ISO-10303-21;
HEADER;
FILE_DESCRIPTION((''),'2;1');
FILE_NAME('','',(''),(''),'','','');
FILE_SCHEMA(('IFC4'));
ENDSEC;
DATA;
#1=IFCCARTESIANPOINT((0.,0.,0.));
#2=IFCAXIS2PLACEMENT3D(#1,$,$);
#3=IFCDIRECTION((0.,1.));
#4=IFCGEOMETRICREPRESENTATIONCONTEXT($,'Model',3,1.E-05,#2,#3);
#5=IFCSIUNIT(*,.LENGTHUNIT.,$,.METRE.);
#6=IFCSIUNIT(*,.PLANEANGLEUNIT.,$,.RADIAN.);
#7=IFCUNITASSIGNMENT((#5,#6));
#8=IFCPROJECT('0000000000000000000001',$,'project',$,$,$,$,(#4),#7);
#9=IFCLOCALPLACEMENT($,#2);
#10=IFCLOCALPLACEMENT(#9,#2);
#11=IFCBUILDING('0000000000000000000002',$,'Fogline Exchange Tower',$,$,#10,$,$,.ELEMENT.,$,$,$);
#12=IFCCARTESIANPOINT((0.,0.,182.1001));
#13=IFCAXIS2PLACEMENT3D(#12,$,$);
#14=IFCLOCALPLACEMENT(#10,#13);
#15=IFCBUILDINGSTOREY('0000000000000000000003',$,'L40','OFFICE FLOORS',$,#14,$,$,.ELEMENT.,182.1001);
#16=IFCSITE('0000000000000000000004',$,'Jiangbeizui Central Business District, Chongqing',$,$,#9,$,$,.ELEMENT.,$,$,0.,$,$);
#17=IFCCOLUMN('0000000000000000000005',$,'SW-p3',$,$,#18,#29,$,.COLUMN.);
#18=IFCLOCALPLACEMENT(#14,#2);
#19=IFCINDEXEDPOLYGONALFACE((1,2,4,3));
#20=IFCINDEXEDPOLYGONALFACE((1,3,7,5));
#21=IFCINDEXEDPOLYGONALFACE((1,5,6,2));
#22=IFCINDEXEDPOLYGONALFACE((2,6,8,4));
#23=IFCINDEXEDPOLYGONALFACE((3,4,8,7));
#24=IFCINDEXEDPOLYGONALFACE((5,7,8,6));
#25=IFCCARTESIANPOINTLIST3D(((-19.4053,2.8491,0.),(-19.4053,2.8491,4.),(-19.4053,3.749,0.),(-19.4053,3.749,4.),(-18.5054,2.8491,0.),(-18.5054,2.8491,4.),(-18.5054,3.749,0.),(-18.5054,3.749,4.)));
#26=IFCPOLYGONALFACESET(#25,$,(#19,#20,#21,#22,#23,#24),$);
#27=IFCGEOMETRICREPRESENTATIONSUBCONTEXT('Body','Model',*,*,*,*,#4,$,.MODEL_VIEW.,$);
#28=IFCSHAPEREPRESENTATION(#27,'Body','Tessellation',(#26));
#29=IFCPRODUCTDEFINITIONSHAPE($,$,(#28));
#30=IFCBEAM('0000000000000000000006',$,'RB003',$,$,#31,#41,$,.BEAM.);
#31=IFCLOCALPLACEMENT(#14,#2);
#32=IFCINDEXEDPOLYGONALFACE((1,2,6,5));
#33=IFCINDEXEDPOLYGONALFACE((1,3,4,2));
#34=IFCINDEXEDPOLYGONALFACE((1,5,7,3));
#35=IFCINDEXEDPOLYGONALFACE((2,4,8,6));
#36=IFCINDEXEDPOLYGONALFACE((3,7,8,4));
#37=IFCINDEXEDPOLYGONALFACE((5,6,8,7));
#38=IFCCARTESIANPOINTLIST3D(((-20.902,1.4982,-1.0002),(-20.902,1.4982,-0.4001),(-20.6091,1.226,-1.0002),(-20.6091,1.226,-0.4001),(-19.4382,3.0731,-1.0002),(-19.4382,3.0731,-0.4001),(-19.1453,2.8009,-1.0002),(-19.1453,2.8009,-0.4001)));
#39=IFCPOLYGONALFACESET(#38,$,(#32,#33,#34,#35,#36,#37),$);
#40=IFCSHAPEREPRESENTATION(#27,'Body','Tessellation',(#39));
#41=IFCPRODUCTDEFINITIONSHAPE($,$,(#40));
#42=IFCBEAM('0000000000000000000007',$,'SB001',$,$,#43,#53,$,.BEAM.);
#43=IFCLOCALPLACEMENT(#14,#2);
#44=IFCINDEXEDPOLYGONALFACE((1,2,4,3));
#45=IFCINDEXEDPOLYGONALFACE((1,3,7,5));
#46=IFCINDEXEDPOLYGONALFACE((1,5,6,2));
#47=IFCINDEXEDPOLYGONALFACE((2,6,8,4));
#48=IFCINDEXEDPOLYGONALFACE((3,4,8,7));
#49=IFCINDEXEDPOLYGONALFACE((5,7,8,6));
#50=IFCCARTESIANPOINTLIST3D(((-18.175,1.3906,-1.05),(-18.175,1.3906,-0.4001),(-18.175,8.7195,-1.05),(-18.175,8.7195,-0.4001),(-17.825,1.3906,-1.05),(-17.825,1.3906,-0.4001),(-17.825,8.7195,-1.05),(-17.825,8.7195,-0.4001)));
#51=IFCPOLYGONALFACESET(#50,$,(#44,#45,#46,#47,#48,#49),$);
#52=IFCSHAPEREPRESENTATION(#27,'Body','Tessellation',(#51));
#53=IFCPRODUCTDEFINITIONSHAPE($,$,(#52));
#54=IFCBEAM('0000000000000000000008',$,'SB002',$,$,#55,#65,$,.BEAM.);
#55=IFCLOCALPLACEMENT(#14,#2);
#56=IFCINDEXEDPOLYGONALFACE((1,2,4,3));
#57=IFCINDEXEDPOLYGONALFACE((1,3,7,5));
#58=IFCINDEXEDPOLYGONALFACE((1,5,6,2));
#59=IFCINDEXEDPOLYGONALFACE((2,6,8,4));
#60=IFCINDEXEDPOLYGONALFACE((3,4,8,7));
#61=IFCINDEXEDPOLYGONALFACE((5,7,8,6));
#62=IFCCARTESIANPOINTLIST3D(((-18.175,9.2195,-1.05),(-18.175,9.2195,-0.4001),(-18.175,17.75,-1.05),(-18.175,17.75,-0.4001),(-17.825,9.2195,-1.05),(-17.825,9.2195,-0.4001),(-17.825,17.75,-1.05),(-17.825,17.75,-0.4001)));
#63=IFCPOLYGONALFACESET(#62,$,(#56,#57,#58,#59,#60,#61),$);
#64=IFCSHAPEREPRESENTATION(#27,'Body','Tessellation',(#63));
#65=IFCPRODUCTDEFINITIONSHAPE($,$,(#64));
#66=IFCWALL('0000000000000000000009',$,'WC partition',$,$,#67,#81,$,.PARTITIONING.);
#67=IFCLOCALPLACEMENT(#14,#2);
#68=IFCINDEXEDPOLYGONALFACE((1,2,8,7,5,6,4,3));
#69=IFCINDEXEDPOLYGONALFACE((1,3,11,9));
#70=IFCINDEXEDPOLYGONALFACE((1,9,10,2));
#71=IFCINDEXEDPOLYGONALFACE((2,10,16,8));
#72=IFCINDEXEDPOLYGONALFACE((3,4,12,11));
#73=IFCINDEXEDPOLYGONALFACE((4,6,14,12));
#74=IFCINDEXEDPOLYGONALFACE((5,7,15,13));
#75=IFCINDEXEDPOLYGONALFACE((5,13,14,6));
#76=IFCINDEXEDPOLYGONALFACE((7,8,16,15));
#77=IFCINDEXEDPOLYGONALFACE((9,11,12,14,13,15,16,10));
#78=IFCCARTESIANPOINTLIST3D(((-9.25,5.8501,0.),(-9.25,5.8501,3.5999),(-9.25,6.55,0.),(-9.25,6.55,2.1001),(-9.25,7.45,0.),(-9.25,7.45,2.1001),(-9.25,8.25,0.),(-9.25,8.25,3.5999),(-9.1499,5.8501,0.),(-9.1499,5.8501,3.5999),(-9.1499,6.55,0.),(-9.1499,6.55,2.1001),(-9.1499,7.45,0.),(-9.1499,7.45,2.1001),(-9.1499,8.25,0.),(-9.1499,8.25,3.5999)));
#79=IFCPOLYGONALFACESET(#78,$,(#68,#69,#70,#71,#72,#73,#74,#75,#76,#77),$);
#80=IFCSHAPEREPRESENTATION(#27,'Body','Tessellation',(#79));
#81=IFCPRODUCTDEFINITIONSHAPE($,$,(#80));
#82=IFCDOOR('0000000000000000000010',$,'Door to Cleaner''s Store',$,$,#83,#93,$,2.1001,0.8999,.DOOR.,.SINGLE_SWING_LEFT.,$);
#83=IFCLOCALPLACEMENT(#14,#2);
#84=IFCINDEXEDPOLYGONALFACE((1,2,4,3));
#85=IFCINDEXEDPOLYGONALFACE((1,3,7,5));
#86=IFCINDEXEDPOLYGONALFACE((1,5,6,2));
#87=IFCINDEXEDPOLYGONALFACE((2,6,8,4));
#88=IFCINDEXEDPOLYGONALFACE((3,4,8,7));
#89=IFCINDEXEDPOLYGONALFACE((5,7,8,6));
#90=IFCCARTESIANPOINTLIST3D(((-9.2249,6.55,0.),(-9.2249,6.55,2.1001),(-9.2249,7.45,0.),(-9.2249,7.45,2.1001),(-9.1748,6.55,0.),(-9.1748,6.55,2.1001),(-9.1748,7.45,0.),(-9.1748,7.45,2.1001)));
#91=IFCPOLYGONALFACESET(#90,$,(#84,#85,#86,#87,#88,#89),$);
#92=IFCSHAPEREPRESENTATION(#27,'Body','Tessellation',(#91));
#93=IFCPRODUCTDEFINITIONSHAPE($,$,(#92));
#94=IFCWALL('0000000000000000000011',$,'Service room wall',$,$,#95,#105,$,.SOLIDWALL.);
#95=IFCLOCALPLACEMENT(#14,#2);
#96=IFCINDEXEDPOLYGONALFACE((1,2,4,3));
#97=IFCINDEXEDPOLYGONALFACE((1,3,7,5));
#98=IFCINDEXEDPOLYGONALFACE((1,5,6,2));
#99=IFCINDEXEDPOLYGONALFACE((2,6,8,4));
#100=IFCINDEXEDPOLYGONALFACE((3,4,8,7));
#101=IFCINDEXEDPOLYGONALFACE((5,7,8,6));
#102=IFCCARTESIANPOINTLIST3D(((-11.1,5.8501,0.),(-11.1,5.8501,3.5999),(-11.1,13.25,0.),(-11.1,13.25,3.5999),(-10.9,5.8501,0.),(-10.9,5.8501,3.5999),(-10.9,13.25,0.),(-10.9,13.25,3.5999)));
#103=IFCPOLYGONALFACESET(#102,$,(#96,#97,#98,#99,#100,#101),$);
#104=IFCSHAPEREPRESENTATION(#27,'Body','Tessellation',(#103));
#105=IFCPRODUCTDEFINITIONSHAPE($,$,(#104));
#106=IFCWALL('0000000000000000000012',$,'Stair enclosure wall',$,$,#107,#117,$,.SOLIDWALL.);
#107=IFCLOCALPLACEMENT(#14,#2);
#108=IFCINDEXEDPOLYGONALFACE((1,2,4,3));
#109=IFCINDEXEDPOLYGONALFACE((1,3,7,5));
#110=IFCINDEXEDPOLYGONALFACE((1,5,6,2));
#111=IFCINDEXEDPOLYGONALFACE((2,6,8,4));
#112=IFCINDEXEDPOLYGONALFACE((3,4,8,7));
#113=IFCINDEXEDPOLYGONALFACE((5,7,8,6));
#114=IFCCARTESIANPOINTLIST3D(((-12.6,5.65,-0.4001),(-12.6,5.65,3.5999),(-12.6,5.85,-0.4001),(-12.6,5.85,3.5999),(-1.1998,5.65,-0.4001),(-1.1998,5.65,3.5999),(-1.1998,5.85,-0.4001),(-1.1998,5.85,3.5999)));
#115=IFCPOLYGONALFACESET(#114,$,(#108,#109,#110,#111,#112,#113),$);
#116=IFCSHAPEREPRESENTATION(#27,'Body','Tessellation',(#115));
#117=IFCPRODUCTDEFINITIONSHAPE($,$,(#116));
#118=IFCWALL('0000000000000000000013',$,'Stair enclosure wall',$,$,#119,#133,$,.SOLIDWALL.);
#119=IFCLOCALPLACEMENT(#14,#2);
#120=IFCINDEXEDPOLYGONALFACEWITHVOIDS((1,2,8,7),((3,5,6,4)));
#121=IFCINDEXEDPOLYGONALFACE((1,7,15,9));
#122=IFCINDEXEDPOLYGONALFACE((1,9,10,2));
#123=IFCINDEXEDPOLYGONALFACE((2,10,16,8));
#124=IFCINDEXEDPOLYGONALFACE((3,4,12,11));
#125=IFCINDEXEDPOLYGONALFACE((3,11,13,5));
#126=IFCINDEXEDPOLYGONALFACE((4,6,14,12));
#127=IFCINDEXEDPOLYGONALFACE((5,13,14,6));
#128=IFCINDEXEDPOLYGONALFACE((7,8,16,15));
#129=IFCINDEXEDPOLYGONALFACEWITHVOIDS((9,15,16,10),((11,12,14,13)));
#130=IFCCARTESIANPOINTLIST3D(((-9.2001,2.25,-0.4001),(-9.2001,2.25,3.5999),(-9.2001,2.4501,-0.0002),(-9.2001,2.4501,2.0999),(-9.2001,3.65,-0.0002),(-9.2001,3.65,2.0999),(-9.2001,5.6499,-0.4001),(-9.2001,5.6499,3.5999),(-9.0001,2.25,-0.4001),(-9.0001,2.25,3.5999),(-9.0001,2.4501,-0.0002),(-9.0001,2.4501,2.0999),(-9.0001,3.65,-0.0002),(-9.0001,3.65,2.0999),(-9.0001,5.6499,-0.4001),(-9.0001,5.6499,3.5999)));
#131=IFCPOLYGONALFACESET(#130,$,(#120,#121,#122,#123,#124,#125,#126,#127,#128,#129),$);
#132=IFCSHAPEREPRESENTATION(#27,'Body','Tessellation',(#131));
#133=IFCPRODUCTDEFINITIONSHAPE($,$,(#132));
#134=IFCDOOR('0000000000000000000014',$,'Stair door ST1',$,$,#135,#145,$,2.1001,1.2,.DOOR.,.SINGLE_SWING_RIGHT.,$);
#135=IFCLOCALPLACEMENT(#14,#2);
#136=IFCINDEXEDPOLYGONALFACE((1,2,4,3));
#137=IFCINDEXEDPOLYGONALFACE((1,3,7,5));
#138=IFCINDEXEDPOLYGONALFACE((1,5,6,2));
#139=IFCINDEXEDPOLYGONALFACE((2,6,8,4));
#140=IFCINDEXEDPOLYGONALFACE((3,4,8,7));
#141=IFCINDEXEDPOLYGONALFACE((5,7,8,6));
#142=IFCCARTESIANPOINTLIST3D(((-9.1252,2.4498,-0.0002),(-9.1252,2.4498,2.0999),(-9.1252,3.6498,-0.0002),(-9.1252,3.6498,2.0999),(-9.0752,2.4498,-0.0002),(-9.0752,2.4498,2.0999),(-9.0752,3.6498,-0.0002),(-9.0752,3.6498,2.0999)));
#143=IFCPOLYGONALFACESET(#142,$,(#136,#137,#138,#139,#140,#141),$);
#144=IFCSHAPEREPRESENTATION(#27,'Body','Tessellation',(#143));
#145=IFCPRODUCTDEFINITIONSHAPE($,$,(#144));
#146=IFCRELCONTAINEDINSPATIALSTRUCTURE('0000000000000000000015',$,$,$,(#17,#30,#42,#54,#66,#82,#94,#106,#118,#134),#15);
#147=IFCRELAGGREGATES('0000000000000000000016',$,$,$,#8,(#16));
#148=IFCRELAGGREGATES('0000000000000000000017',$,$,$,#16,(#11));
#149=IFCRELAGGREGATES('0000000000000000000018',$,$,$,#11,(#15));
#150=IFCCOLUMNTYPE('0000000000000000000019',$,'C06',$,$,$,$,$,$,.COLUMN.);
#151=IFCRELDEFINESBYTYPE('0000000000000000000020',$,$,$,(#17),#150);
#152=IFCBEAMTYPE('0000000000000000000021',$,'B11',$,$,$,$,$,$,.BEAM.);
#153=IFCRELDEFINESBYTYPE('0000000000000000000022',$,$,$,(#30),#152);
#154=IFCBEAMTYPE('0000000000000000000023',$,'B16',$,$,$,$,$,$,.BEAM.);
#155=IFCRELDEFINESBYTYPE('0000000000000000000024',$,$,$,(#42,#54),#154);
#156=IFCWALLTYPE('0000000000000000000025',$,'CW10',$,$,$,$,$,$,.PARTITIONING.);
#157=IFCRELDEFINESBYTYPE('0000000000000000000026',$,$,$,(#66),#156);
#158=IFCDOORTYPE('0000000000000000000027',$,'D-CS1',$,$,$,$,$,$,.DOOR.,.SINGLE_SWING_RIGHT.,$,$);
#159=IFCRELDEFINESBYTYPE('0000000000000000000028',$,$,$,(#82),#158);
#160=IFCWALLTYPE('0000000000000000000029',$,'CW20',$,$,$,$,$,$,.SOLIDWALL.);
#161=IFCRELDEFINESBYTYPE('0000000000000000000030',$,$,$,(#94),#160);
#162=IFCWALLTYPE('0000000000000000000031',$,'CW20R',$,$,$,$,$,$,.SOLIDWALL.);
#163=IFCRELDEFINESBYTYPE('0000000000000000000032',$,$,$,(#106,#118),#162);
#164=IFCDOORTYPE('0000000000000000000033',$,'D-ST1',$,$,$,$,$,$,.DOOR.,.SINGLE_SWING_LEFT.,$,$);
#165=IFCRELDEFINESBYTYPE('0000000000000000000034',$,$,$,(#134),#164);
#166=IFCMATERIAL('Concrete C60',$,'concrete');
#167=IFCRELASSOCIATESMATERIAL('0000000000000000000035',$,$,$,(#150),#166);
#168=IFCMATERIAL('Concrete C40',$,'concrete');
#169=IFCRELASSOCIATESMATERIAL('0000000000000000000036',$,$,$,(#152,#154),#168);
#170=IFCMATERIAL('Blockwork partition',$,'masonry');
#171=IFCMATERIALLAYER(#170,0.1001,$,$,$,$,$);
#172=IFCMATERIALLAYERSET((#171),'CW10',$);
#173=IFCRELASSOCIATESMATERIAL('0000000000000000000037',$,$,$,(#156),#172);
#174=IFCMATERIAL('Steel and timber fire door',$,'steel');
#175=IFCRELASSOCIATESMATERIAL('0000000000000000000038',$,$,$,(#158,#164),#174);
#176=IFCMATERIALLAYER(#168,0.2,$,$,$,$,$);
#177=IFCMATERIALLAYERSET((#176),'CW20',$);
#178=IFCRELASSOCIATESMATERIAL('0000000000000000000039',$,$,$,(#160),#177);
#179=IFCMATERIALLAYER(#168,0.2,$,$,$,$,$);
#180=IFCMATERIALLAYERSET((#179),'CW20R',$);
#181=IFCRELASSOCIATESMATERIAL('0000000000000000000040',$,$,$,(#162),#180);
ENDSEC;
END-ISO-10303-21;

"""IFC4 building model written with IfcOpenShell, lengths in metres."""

from ifc_helpers import new_model, si_unit, direction, frame, frame_2d, origin, origin_2d, place, context, subcontext, project, spatial, rectangle, extrude, material, layer, layer_set, material_profile, profile_set, type_object, element, fill, save


model = new_model("IFC4")

# Units and contexts
model_context = context("Model", 3, precision=1e-05, world=origin(), true_north=direction((0.0, 1.0)))
body_context = subcontext(model_context, "Body", "Model", "MODEL_VIEW")
ifc_project = project(units=[si_unit("LENGTHUNIT", "METRE"), si_unit("PLANEANGLEUNIT", "RADIAN")], contexts=[model_context])

# Site, building, storey
site_placement = place(None, origin())
site = spatial("IfcSite", under=ifc_project, at=site_placement, Name="Jiangbeizui Central Business District, Chongqing", CompositionType="ELEMENT", RefElevation=0.0)
building_placement = place(site_placement, origin())
building = spatial("IfcBuilding", under=site, at=building_placement, Name="Fogline Exchange Tower", CompositionType="ELEMENT")
storey_placement = place(building_placement, frame((0.0, 0.0, 182.1001)))
storey = spatial("IfcBuildingStorey", under=building, at=storey_placement, Name="L40", Description="OFFICE FLOORS", CompositionType="ELEMENT", Elevation=182.1001)

# Column
ifc_material_1 = material(Name="Concrete C60", Category="concrete")
ifc_material_profile_1 = material_profile(ifc_material_1, rectangle(XDim=0.8999, YDim=0.8999, at=origin_2d()), Name="RC 900x900")
ifc_profile_set_1 = profile_set([ifc_material_profile_1], Name="Concrete C60")
column_type = type_object("IfcColumnType", Name="C06", PredefinedType="COLUMN", material=ifc_profile_set_1)
column_placement = place(storey_placement, frame((-18.9553, 3.2991, 0.0), z_axis=(0.0, 0.0, 1.0), x_axis=(1.0, 0.0, 0.0)))
element("IfcColumn", 1, at=column_placement, inside=storey, type_object=column_type, Name="SW-p3", PredefinedType="COLUMN", context=body_context, shape_type="SweptSolid", body=[
    extrude(rectangle(XDim=0.8999, YDim=0.8999, at=origin_2d()), origin(), (0.0, 0.0, 1.0), 4.0),
])

# Beams
ifc_material_2 = material(Name="Concrete C40", Category="concrete")
ifc_material_profile_2 = material_profile(ifc_material_2, rectangle(XDim=0.3999, YDim=0.6001, at=origin_2d()), Name="RC 400x600")
ifc_profile_set_2 = profile_set([ifc_material_profile_2], Name="Concrete C40")
beam_type_1 = type_object("IfcBeamType", Name="B11", PredefinedType="BEAM", material=ifc_profile_set_2)
beam_1_placement = place(storey_placement, frame((-19.2917, 2.937, -0.7002), z_axis=(-0.680804, -0.732466, 0.0), x_axis=(0.732466, -0.680804, 0.0)))
element("IfcBeam", 2, at=beam_1_placement, inside=storey, type_object=beam_type_1, Name="RB003", PredefinedType="BEAM", context=body_context, shape_type="SweptSolid", body=[
    extrude(rectangle(XDim=0.3999, YDim=0.6001, at=origin_2d()), origin(), (0.0, 0.0, 1.0), 2.1501),
])
ifc_material_profile_3 = material_profile(ifc_material_2, rectangle(XDim=0.3501, YDim=0.6499, at=origin_2d()), Name="RC 350x650")
ifc_profile_set_3 = profile_set([ifc_material_profile_3], Name="Concrete C40")
beam_type_2 = type_object("IfcBeamType", Name="B16", PredefinedType="BEAM", material=ifc_profile_set_3)
beam_2_placement = place(storey_placement, frame((-18.0, 1.3906, -0.7251), z_axis=(0.0, 1.0, 0.0), x_axis=(-1.0, 0.0, 0.0)))
element("IfcBeam", 3, at=beam_2_placement, inside=storey, type_object=beam_type_2, Name="SB001", PredefinedType="BEAM", context=body_context, shape_type="SweptSolid", body=[
    extrude(rectangle(XDim=0.3501, YDim=0.6499, at=origin_2d()), origin(), (0.0, 0.0, 1.0), 7.3289),
])
beam_3_placement = place(storey_placement, frame((-18.0, 9.2195, -0.7251), z_axis=(0.0, 1.0, 0.0), x_axis=(-1.0, 0.0, 0.0)))
element("IfcBeam", 4, at=beam_3_placement, inside=storey, type_object=beam_type_2, Name="SB002", PredefinedType="BEAM", context=body_context, shape_type="SweptSolid", body=[
    extrude(rectangle(XDim=0.3501, YDim=0.6499, at=origin_2d()), origin(), (0.0, 0.0, 1.0), 8.5305),
])

# Wall, opening, door
ifc_material_3 = material(Name="Blockwork partition", Category="masonry")
ifc_layer_1 = layer(ifc_material_3, 0.1001)
ifc_layer_set_1 = layer_set([ifc_layer_1], Name="CW10")
wall_type_1 = type_object("IfcWallType", Name="CW10", PredefinedType="PARTITIONING", material=ifc_layer_set_1)
wall_1_placement = place(storey_placement, frame((-9.2, 5.8501, 0.0), z_axis=(0.0, 0.0, 1.0), x_axis=(0.0, 1.0, 0.0)))
wall_1 = element("IfcWall", 5, at=wall_1_placement, inside=storey, type_object=wall_type_1, Name="WC partition", PredefinedType="PARTITIONING", context=body_context, shape_type="SweptSolid", body=[
    extrude(rectangle(XDim=2.3999, YDim=0.1001, at=frame_2d((1.2, 0.0))), origin(), (0.0, 0.0, 1.0), 3.5999),
])
opening_1_placement = place(wall_1_placement, frame((0.7, 0.0, 0.0)))
opening_1 = element("IfcOpeningElement", 6, at=opening_1_placement, cuts=wall_1, PredefinedType="OPENING", context=body_context, shape_type="SweptSolid", body=[
    extrude(rectangle(XDim=0.8999, YDim=2.1001, at=frame_2d((0.45, 1.05))), frame((0.0, 0.0601, 0.0), z_axis=(0.0, -1.0, 0.0), x_axis=(1.0, 0.0, 0.0)), (0.0, 0.0, 1.0), 0.1201),
])
ifc_material_4 = material(Name="Steel and timber fire door", Category="steel")
door_type_1 = type_object("IfcDoorType", Name="D-CS1", OperationType="SINGLE_SWING_RIGHT", PredefinedType="DOOR", material=ifc_material_4)
door_1_placement = place(opening_1_placement, origin())
door_1 = element("IfcDoor", 7, at=door_1_placement, inside=storey, type_object=door_type_1, Name="Door to Cleaner's Store", OperationType="SINGLE_SWING_LEFT", OverallHeight=2.1001, OverallWidth=0.8999, PredefinedType="DOOR", context=body_context, shape_type="SweptSolid", body=[
    extrude(rectangle(XDim=0.8999, YDim=2.1001, at=frame_2d((0.45, 1.05))), frame((0.0, 0.0249, 0.0), z_axis=(0.0, -1.0, 0.0), x_axis=(1.0, 0.0, 0.0)), (0.0, 0.0, 1.0), 0.05),
])
fill(opening_1, door_1)

# Walls
ifc_layer_2 = layer(ifc_material_2, 0.2)
ifc_layer_set_2 = layer_set([ifc_layer_2], Name="CW20")
wall_type_2 = type_object("IfcWallType", Name="CW20", PredefinedType="SOLIDWALL", material=ifc_layer_set_2)
wall_2_placement = place(storey_placement, frame((-11.0, 5.8501, 0.0), z_axis=(0.0, 0.0, 1.0), x_axis=(0.0, 1.0, 0.0)))
element("IfcWall", 8, at=wall_2_placement, inside=storey, type_object=wall_type_2, Name="Service room wall", PredefinedType="SOLIDWALL", context=body_context, shape_type="SweptSolid", body=[
    extrude(rectangle(XDim=7.3999, YDim=0.2, at=frame_2d((3.7, 0.0))), origin(), (0.0, 0.0, 1.0), 3.5999),
])
ifc_layer_3 = layer(ifc_material_2, 0.2)
ifc_layer_set_3 = layer_set([ifc_layer_3], Name="CW20R")
wall_type_3 = type_object("IfcWallType", Name="CW20R", PredefinedType="SOLIDWALL", material=ifc_layer_set_3)
wall_3_placement = place(storey_placement, frame((-12.6001, 5.75, -0.4001), z_axis=(0.0, 0.0, 1.0), x_axis=(1.0, 0.0, 0.0)))
element("IfcWall", 9, at=wall_3_placement, inside=storey, type_object=wall_type_3, Name="Stair enclosure wall", PredefinedType="SOLIDWALL", context=body_context, shape_type="SweptSolid", body=[
    extrude(rectangle(XDim=11.4001, YDim=0.2, at=frame_2d((5.7002, 0.0))), origin(), (0.0, 0.0, 1.0), 4.0),
])

# Wall, opening, door
wall_4_placement = place(storey_placement, frame((-9.1001, 2.25, -0.4001), z_axis=(0.0, 0.0, 1.0), x_axis=(0.0, 1.0, 0.0)))
wall_4 = element("IfcWall", 10, at=wall_4_placement, inside=storey, type_object=wall_type_3, Name="Stair enclosure wall", PredefinedType="SOLIDWALL", context=body_context, shape_type="SweptSolid", body=[
    extrude(rectangle(XDim=3.3999, YDim=0.2, at=frame_2d((1.7, 0.0))), origin(), (0.0, 0.0, 1.0), 4.0),
])
opening_2_placement = place(wall_4_placement, frame((0.2, 0.0, 0.3999)))
opening_2 = element("IfcOpeningElement", 11, at=opening_2_placement, cuts=wall_4, PredefinedType="OPENING", context=body_context, shape_type="SweptSolid", body=[
    extrude(rectangle(XDim=1.2, YDim=2.1001, at=frame_2d((0.6001, 1.05))), frame((0.0, 0.1099, 0.0), z_axis=(0.0, -1.0, 0.0), x_axis=(1.0, 0.0, 0.0)), (0.0, 0.0, 1.0), 0.22),
])
door_type_2 = type_object("IfcDoorType", Name="D-ST1", OperationType="SINGLE_SWING_LEFT", PredefinedType="DOOR", material=ifc_material_4)
door_2_placement = place(opening_2_placement, frame((1.2, 0.0, 0.0), z_axis=(0.0, 0.0, 1.0), x_axis=(-1.0, 0.0, 0.0)))
door_2 = element("IfcDoor", 12, at=door_2_placement, inside=storey, type_object=door_type_2, Name="Stair door ST1", OperationType="SINGLE_SWING_RIGHT", OverallHeight=2.1001, OverallWidth=1.2, PredefinedType="DOOR", context=body_context, shape_type="SweptSolid", body=[
    extrude(rectangle(XDim=1.2, YDim=2.1001, at=frame_2d((0.6001, 1.05))), frame((0.0, 0.0249, 0.0), z_axis=(0.0, -1.0, 0.0), x_axis=(1.0, 0.0, 0.0)), (0.0, 0.0, 1.0), 0.05),
])
fill(opening_2, door_2)

save(model, "model.ifc")
